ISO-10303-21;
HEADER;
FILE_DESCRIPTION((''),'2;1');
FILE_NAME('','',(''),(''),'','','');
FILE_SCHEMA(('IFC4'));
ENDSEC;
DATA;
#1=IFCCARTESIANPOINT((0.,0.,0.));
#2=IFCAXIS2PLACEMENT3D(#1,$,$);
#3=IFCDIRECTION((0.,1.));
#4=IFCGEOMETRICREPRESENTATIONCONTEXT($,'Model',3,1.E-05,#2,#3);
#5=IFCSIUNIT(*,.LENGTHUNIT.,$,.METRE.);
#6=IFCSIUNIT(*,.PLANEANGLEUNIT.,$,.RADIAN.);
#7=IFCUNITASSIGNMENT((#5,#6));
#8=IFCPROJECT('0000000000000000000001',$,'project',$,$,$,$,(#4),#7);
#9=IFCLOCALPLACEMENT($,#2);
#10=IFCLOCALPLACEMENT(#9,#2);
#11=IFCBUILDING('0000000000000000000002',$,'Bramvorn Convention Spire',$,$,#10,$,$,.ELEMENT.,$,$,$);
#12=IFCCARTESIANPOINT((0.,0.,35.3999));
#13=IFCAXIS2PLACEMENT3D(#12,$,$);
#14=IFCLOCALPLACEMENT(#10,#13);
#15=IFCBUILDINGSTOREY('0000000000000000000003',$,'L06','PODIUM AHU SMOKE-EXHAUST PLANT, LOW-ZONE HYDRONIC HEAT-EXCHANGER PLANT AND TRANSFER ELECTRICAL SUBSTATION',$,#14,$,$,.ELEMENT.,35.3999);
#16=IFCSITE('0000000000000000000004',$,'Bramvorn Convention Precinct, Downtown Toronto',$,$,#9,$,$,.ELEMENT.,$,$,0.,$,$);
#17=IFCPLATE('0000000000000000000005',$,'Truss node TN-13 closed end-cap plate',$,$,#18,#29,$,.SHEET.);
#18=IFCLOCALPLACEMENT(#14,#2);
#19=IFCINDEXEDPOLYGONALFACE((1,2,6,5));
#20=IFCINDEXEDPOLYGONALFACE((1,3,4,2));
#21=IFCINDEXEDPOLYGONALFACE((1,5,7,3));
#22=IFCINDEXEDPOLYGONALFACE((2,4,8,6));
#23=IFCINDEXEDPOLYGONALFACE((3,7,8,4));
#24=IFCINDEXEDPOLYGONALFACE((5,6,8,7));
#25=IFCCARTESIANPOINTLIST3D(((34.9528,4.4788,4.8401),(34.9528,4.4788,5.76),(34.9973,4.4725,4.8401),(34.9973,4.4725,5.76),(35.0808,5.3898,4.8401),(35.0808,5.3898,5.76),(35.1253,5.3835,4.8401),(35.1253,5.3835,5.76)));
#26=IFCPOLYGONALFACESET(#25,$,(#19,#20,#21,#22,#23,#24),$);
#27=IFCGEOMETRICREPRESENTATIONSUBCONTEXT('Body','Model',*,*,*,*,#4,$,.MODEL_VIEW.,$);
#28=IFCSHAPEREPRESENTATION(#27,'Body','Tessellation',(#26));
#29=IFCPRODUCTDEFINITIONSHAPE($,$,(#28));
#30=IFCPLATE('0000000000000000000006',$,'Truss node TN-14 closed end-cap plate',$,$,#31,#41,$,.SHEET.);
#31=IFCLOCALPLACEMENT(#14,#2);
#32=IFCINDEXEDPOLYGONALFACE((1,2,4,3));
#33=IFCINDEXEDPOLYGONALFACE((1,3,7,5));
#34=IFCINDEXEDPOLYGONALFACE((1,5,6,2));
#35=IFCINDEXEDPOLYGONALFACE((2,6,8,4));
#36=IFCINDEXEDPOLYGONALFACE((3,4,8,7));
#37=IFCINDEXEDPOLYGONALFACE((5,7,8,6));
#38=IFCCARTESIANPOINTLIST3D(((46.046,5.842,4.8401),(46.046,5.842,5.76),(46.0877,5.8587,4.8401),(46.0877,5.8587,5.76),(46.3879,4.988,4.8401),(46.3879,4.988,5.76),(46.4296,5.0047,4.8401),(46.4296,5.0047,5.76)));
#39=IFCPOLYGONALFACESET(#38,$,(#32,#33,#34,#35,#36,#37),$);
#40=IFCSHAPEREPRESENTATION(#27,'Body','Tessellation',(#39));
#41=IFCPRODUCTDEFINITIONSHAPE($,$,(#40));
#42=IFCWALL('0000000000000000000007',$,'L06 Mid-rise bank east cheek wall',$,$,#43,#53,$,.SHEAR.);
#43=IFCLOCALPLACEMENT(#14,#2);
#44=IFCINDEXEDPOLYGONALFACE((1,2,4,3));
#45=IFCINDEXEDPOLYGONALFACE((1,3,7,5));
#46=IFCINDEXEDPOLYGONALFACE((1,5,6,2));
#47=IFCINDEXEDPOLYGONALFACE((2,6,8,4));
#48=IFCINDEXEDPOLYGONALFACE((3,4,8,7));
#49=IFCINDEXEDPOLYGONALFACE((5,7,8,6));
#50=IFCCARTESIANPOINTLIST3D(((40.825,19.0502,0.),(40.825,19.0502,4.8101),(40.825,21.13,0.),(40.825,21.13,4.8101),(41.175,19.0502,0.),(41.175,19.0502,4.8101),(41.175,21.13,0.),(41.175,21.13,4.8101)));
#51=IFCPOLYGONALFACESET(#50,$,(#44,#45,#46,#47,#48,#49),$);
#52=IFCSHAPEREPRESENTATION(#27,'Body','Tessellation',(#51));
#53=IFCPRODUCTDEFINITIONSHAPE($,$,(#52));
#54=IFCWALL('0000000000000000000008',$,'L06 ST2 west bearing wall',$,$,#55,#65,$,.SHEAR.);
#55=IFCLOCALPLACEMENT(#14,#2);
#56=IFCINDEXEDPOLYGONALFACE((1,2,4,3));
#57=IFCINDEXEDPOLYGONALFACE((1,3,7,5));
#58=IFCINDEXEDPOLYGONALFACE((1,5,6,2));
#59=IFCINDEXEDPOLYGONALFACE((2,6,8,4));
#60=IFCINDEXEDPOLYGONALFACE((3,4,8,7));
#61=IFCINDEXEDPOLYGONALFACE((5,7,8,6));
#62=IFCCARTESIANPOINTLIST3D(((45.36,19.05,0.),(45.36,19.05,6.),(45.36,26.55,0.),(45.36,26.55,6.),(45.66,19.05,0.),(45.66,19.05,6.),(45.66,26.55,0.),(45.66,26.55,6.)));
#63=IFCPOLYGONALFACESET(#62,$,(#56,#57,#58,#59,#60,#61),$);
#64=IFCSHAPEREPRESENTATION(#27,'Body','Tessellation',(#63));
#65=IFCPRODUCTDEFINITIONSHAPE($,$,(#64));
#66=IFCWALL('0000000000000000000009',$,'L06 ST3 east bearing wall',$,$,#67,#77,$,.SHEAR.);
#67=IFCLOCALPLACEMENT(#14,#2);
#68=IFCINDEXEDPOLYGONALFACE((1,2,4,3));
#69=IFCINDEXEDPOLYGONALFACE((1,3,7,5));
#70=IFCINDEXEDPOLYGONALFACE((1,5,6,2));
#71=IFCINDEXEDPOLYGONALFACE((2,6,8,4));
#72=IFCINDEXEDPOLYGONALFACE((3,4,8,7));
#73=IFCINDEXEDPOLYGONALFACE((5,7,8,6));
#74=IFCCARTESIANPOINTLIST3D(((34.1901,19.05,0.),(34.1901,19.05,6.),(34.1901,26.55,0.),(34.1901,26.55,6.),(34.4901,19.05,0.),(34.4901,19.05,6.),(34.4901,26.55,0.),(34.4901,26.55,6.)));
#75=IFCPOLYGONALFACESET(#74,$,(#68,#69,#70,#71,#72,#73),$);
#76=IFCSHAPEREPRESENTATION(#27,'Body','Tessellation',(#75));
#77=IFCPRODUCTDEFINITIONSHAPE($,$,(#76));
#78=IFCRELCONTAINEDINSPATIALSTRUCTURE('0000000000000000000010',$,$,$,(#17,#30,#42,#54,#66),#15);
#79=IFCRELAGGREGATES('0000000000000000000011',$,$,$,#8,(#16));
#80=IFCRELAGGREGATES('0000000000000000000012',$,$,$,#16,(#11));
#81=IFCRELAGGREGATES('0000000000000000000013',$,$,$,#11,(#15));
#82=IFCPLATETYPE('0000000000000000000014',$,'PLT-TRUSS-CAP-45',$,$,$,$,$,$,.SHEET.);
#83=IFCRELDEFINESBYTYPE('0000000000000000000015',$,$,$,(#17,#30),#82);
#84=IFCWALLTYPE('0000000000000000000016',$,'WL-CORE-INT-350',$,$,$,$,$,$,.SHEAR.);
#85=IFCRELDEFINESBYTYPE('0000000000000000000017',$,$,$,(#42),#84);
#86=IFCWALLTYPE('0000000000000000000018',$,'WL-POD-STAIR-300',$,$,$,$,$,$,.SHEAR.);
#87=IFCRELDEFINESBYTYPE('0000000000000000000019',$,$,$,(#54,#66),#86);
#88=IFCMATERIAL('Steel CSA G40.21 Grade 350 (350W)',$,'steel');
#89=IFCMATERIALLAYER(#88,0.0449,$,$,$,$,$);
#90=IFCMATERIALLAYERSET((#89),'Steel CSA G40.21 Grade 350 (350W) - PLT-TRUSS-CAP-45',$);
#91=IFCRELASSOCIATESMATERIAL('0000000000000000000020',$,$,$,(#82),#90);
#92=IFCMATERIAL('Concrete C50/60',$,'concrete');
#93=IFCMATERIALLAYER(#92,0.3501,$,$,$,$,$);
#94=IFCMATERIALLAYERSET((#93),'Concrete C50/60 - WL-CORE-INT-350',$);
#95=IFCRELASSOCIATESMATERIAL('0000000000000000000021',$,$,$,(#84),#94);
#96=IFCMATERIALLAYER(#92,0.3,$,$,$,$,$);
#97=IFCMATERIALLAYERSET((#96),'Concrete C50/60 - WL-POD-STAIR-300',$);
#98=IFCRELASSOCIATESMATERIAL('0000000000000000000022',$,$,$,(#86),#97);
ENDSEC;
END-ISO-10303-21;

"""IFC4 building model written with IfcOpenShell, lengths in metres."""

from ifc_helpers import new_model, si_unit, direction, frame, frame_2d, origin, origin_2d, place, context, subcontext, project, spatial, rectangle, extrude, material, layer, layer_set, type_object, element, save


model = new_model("IFC4")

# Units and contexts
model_context = context("Model", 3, precision=1e-05, world=origin(), true_north=direction((0.0, 1.0)))
body_context = subcontext(model_context, "Body", "Model", "MODEL_VIEW")
ifc_project = project(units=[si_unit("LENGTHUNIT", "METRE"), si_unit("PLANEANGLEUNIT", "RADIAN")], contexts=[model_context])

# Site, building, storey
site_placement = place(None, origin())
site = spatial("IfcSite", under=ifc_project, at=site_placement, Name="Bramvorn Convention Precinct, Downtown Toronto", CompositionType="ELEMENT", RefElevation=0.0)
building_placement = place(site_placement, origin())
building = spatial("IfcBuilding", under=site, at=building_placement, Name="Bramvorn Convention Spire", CompositionType="ELEMENT")
storey_placement = place(building_placement, frame((0.0, 0.0, 35.3999)))
storey = spatial("IfcBuildingStorey", under=building, at=storey_placement, Name="L06", Description="PODIUM AHU SMOKE-EXHAUST PLANT, LOW-ZONE HYDRONIC HEAT-EXCHANGER PLANT AND TRANSFER ELECTRICAL SUBSTATION", CompositionType="ELEMENT", Elevation=35.3999)

# Shared definitions
ifc_material_1 = material(Name="Steel CSA G40.21 Grade 350 (350W)", Category="steel")

# Plates
ifc_layer_1 = layer(ifc_material_1, 0.0449)
ifc_layer_set_1 = layer_set([ifc_layer_1], Name="Steel CSA G40.21 Grade 350 (350W) - PLT-TRUSS-CAP-45")
plate_type_1 = type_object("IfcPlateType", Name="PLT-TRUSS-CAP-45", PredefinedType="SHEET", material=ifc_layer_set_1)
for number, where, z_axis, x_axis, name in (
    (1, (35.0391, 4.9312, 4.8401), (0.0, 0.0, 1.0), (-0.139171, -0.990268, 0.0), "Truss node TN-13 closed end-cap plate"),
    (2, (46.2378, 5.4233, 4.8401), (0.0, 0.0, 1.0), (0.371664, -0.928367, 0.0), "Truss node TN-14 closed end-cap plate"),
):
    element("IfcPlate", number, at=place(storey_placement, frame(where, z_axis=z_axis, x_axis=x_axis)), inside=storey, type_object=plate_type_1, Name=name, PredefinedType="SHEET", context=body_context, shape_type="SweptSolid", body=[
        extrude(rectangle(XDim=0.9199, YDim=0.0449, at=origin_2d()), origin(), (0.0, 0.0, 1.0), 0.9199),
    ])

# Walls
ifc_material_2 = material(Name="Concrete C50/60", Category="concrete")
ifc_layer_2 = layer(ifc_material_2, 0.3501)
ifc_layer_set_2 = layer_set([ifc_layer_2], Name="Concrete C50/60 - WL-CORE-INT-350")
wall_type_1 = type_object("IfcWallType", Name="WL-CORE-INT-350", PredefinedType="SHEAR", material=ifc_layer_set_2)
wall_placement = place(storey_placement, frame((41.0, 19.05, 0.0), z_axis=(0.0, 0.0, 1.0), x_axis=(0.0, 1.0, 0.0)))
element("IfcWall", 3, at=wall_placement, inside=storey, type_object=wall_type_1, Name="L06 Mid-rise bank east cheek wall", PredefinedType="SHEAR", context=body_context, shape_type="SweptSolid", body=[
    extrude(rectangle(XDim=2.0798, YDim=0.3501, at=frame_2d((1.04, 0.0))), origin(), (0.0, 0.0, 1.0), 4.8101),
])
ifc_layer_3 = layer(ifc_material_2, 0.3)
ifc_layer_set_3 = layer_set([ifc_layer_3], Name="Concrete C50/60 - WL-POD-STAIR-300")
wall_type_2 = type_object("IfcWallType", Name="WL-POD-STAIR-300", PredefinedType="SHEAR", material=ifc_layer_set_3)
for number, where, z_axis, x_axis, name in (
    (4, (45.51, 19.05, 0.0), (0.0, 0.0, 1.0), (0.0, 1.0, 0.0), "L06 ST2 west bearing wall"),
    (5, (34.3401, 19.05, 0.0), (0.0, 0.0, 1.0), (0.0, 1.0, 0.0), "L06 ST3 east bearing wall"),
):
    element("IfcWall", number, at=place(storey_placement, frame(where, z_axis=z_axis, x_axis=x_axis)), inside=storey, type_object=wall_type_2, Name=name, PredefinedType="SHEAR", context=body_context, shape_type="SweptSolid", body=[
        extrude(rectangle(XDim=7.5, YDim=0.3, at=frame_2d((3.75, 0.0))), origin(), (0.0, 0.0, 1.0), 6.0),
    ])

save(model, "model.ifc")
